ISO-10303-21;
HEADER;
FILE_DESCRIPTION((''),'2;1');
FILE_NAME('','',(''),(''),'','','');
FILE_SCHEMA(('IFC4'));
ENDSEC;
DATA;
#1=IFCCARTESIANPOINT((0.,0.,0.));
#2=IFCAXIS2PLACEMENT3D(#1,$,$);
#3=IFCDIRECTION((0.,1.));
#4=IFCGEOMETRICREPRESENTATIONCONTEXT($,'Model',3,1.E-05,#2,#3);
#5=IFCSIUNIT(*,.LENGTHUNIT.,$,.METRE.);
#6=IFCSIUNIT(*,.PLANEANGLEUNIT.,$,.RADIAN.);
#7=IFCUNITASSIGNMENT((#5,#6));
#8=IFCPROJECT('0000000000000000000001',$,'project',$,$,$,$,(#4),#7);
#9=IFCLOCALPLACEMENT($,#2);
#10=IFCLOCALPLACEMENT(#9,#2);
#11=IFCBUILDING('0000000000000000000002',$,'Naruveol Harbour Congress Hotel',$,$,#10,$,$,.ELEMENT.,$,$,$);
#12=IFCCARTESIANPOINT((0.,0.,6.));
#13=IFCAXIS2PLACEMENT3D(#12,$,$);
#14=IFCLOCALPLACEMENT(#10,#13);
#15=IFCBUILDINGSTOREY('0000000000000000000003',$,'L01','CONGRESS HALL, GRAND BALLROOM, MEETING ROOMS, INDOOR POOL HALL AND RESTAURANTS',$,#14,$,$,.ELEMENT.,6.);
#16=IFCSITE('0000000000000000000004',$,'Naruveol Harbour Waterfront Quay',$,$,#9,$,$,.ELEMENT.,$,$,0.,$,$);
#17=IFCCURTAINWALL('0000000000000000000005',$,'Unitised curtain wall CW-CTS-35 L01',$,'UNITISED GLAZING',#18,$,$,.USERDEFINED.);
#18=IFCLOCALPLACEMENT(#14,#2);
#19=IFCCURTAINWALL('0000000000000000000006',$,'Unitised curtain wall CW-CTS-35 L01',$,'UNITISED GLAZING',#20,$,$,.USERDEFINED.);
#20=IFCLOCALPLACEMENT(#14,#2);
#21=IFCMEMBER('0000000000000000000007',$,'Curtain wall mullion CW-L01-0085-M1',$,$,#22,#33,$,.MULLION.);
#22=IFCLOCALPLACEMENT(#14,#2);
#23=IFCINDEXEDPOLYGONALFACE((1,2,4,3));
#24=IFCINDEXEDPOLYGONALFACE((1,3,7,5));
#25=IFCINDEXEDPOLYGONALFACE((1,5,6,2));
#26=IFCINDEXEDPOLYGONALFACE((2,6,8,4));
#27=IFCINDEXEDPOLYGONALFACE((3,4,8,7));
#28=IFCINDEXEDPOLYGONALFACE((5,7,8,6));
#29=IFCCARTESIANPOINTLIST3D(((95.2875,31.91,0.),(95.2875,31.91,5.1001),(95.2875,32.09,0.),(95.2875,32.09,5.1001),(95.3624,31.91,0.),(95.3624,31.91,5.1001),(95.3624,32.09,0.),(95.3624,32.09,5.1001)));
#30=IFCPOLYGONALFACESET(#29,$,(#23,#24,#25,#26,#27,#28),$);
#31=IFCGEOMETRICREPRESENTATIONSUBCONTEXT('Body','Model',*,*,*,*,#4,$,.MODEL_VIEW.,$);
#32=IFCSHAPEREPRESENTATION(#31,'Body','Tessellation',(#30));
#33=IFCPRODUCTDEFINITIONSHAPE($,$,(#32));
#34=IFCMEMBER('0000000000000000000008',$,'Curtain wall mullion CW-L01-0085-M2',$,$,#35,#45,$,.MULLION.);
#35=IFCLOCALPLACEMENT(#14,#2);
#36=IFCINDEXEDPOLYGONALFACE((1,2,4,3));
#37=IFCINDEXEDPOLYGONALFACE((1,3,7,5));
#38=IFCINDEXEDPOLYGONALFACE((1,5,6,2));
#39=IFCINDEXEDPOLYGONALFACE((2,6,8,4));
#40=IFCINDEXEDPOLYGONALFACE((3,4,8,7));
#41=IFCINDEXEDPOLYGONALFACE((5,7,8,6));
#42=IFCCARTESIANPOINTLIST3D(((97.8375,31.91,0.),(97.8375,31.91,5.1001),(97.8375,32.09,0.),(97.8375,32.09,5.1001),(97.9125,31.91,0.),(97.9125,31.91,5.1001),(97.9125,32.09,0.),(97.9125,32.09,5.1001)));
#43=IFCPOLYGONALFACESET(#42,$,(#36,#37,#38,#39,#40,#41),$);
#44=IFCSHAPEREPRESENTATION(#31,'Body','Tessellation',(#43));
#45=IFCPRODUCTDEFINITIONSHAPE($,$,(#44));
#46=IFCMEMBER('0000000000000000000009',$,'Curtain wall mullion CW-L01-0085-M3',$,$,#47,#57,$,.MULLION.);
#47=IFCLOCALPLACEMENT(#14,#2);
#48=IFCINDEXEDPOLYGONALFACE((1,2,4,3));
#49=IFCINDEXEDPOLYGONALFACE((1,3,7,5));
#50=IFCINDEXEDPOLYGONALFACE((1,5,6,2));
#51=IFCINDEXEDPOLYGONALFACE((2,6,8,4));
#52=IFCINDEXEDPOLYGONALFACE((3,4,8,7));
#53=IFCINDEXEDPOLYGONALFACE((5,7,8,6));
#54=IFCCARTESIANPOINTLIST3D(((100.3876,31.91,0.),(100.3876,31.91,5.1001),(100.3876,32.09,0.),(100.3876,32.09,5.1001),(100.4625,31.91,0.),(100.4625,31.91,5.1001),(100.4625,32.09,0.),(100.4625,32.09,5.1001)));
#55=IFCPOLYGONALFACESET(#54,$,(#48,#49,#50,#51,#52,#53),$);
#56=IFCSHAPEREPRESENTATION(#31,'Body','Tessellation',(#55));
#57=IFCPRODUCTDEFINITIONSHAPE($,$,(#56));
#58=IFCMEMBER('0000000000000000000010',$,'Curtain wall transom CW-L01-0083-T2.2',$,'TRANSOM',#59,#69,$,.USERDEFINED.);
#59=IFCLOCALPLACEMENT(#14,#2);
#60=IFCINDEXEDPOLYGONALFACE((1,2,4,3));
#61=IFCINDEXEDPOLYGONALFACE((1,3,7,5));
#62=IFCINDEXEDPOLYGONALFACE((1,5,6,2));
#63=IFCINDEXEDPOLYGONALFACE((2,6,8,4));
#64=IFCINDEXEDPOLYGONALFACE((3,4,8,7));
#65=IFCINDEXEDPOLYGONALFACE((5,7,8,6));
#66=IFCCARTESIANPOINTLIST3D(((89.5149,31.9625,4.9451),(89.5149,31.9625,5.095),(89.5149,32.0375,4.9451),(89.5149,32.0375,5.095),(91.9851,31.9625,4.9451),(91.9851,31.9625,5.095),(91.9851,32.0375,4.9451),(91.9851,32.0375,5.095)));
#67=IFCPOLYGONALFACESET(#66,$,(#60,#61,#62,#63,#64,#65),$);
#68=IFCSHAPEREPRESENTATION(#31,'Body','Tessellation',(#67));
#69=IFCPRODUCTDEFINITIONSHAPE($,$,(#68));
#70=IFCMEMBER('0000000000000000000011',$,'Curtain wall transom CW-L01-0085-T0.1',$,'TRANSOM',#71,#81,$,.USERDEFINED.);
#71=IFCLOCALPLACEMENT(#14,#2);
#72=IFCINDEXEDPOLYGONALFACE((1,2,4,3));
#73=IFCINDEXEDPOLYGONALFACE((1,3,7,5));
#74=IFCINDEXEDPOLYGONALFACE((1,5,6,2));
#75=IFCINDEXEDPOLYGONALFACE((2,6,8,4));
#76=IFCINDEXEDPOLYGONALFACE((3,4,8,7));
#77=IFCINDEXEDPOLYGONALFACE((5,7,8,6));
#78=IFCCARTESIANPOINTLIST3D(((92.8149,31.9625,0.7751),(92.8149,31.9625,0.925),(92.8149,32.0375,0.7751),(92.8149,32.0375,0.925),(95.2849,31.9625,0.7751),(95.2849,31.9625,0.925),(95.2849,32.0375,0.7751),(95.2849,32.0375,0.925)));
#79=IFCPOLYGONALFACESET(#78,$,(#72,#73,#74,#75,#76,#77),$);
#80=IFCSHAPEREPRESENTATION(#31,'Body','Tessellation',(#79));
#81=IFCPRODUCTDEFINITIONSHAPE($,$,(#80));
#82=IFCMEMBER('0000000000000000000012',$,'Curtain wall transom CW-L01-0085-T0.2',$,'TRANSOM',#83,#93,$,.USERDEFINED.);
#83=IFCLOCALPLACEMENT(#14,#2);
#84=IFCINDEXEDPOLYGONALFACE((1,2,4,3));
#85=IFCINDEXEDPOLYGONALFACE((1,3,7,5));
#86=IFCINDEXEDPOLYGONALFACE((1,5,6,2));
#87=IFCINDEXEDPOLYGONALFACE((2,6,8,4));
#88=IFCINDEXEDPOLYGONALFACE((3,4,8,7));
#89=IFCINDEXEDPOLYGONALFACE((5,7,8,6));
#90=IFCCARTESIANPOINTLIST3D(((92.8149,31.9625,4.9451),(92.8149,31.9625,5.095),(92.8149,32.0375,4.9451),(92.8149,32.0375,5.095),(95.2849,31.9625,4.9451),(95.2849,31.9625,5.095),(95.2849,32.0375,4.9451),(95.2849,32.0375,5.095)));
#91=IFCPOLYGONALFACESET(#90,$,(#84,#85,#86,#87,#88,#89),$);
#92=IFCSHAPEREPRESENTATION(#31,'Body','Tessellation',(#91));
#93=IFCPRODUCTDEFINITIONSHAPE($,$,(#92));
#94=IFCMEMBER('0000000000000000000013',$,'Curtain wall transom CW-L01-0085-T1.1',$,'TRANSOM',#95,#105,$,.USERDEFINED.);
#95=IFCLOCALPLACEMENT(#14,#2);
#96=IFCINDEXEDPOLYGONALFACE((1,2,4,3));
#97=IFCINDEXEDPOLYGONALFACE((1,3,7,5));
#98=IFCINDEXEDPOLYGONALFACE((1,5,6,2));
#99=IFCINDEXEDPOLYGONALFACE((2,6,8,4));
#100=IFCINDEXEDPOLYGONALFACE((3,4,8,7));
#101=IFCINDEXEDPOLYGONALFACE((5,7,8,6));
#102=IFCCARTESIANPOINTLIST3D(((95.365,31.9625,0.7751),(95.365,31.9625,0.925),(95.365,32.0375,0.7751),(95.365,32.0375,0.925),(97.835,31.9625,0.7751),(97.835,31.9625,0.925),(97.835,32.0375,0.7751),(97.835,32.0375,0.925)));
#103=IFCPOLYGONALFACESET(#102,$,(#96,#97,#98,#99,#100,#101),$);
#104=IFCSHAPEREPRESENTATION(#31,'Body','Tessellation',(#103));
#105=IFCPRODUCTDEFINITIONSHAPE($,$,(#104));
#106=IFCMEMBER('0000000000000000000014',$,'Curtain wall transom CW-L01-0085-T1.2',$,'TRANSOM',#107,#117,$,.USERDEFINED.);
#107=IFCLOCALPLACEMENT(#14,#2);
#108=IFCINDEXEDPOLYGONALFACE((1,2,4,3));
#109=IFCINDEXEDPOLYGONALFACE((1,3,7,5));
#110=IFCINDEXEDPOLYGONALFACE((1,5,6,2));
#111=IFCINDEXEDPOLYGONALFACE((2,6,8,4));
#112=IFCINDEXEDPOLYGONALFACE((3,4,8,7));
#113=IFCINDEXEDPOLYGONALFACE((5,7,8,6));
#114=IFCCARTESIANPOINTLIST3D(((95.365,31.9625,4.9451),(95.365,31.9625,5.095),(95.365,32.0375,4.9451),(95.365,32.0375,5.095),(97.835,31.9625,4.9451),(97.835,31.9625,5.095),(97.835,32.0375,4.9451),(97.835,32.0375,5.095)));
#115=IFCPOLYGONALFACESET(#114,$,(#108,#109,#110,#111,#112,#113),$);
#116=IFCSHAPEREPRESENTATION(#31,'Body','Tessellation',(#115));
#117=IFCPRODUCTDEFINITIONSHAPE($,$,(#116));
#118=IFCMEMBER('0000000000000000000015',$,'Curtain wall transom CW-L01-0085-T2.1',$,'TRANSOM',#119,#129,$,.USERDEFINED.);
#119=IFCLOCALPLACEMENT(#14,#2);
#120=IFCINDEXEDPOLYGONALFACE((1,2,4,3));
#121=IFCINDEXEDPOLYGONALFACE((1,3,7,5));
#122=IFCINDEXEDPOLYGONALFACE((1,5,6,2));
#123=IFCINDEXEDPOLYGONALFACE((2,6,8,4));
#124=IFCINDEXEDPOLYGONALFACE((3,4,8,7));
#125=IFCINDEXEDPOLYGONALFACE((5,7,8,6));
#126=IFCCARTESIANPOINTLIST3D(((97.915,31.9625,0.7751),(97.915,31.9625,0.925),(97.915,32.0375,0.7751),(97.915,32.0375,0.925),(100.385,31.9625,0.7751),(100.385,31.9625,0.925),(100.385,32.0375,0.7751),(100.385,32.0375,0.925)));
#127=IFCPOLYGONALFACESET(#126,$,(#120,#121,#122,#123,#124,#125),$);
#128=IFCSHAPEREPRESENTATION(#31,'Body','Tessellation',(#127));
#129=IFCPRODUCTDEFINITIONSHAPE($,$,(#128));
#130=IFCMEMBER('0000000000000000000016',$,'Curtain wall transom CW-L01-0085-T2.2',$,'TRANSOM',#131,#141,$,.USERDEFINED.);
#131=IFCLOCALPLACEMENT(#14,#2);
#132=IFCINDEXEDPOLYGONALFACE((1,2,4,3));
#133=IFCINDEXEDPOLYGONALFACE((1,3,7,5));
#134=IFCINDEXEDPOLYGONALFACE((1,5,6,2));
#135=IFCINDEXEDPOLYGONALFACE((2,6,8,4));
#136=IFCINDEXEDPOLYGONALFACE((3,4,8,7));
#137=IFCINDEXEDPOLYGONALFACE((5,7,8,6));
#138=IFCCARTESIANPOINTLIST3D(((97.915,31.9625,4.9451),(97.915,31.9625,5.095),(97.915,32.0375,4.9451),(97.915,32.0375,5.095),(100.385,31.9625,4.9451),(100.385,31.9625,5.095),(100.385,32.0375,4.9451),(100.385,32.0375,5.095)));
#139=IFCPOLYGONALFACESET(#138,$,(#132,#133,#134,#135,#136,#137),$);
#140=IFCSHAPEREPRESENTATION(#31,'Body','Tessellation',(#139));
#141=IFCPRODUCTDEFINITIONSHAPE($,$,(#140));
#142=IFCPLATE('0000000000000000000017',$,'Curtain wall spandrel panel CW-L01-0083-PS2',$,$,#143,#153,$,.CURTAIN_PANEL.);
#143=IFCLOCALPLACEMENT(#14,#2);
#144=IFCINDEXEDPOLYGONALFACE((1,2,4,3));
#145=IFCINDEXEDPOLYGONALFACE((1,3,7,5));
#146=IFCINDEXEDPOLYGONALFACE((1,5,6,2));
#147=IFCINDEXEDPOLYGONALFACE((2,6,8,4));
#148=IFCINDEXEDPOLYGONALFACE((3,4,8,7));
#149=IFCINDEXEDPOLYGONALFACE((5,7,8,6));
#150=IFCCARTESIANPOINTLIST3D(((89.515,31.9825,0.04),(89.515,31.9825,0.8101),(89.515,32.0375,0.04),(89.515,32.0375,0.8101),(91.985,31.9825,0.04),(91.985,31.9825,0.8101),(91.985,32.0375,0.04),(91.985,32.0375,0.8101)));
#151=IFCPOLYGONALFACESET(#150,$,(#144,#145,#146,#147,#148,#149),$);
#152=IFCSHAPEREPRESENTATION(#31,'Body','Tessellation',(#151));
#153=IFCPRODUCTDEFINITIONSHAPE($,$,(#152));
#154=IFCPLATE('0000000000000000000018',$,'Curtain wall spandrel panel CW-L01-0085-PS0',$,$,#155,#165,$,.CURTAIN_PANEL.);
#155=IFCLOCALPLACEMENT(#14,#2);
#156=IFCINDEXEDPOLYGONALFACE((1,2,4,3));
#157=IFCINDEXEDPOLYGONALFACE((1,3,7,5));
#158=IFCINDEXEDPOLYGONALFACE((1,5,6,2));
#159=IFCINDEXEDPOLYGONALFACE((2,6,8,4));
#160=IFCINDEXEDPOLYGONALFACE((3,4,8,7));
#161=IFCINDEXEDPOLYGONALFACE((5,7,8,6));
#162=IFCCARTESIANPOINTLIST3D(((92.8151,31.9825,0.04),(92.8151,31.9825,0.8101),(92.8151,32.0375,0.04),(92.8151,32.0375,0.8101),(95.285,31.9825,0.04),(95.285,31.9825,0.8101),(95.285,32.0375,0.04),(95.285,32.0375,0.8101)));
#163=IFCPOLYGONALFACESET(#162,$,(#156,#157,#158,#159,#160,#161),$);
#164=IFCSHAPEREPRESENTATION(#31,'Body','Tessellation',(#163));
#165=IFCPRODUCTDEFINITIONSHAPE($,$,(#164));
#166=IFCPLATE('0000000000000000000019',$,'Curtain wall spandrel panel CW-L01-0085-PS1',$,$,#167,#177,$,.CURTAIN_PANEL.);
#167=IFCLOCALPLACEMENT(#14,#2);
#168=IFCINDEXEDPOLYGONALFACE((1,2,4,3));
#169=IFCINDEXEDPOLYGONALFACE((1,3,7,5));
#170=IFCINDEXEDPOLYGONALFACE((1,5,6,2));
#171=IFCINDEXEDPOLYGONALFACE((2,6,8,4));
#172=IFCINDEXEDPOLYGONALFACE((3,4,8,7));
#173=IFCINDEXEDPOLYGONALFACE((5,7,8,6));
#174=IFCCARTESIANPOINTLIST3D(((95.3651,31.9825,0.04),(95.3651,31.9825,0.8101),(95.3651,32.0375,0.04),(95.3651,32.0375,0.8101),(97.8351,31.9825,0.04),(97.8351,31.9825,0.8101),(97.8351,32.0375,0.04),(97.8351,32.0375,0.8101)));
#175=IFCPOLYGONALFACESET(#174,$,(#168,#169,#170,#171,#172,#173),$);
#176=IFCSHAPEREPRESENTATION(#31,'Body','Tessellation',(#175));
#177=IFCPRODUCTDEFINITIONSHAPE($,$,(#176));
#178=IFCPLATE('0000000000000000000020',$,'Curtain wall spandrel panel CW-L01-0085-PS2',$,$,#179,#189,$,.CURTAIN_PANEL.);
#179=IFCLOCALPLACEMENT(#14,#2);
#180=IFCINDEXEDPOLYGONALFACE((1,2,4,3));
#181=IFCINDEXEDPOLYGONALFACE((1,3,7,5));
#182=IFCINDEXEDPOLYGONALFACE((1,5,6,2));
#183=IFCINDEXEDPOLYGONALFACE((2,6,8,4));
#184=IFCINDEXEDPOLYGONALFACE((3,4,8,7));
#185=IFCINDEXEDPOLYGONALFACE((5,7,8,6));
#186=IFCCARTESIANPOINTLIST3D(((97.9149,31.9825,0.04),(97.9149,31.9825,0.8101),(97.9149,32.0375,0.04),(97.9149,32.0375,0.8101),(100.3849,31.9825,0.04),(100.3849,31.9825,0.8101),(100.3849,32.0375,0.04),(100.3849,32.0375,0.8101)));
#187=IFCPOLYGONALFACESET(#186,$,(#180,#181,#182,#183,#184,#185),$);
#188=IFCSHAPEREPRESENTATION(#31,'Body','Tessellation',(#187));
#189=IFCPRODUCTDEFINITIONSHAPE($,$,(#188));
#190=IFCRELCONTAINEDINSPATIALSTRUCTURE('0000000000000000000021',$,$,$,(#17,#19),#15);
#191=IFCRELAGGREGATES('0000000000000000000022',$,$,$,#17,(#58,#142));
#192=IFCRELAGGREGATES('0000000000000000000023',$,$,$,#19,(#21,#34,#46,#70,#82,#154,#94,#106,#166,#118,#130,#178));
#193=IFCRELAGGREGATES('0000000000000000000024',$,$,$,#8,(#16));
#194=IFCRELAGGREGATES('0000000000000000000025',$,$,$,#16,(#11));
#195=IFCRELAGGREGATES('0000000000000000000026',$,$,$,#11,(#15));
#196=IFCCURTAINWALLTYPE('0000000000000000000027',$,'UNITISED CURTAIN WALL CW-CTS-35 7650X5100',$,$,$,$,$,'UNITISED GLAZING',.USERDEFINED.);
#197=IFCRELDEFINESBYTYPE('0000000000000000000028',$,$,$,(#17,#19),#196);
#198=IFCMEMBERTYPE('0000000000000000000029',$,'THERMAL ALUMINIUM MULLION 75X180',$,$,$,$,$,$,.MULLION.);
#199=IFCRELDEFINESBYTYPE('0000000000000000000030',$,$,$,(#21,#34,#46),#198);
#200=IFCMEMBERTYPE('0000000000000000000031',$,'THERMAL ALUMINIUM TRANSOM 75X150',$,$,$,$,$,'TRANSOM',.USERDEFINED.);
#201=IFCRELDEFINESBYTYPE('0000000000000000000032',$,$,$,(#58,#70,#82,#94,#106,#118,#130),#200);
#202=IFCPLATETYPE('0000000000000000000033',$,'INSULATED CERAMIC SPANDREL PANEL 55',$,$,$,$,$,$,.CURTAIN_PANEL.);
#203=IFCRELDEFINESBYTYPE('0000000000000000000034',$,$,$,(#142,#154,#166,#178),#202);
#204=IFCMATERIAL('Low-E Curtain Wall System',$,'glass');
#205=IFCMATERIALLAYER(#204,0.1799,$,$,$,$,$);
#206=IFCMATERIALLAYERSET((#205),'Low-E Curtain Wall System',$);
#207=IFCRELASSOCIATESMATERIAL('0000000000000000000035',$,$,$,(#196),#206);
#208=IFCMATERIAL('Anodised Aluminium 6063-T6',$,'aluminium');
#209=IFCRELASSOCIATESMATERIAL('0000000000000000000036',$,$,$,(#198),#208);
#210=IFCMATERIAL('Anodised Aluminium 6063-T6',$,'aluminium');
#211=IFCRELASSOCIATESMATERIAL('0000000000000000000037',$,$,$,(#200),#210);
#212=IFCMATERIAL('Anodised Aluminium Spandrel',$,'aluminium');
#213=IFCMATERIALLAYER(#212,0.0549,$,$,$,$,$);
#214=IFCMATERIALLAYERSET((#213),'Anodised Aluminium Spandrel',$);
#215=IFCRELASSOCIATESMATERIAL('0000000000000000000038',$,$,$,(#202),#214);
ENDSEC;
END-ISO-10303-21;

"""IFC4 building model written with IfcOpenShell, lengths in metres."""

from ifc_helpers import new_model, si_unit, direction, frame, origin, origin_2d, place, context, subcontext, project, spatial, rectangle, extrude, material, layer, layer_set, material_profile, profile_set, type_object, element, aggregate, save


model = new_model("IFC4")

# Units and contexts
model_context = context("Model", 3, precision=1e-05, world=origin(), true_north=direction((0.0, 1.0)))
body_context = subcontext(model_context, "Body", "Model", "MODEL_VIEW")
ifc_project = project(units=[si_unit("LENGTHUNIT", "METRE"), si_unit("PLANEANGLEUNIT", "RADIAN")], contexts=[model_context])

# Site, building, storey
site_placement = place(None, origin())
site = spatial("IfcSite", under=ifc_project, at=site_placement, Name="Naruveol Harbour Waterfront Quay", CompositionType="ELEMENT", RefElevation=0.0)
building_placement = place(site_placement, origin())
building = spatial("IfcBuilding", under=site, at=building_placement, Name="Naruveol Harbour Congress Hotel", CompositionType="ELEMENT")
storey_placement = place(building_placement, frame((0.0, 0.0, 6.0)))
storey = spatial("IfcBuildingStorey", under=building, at=storey_placement, Name="L01", Description="CONGRESS HALL, GRAND BALLROOM, MEETING ROOMS, INDOOR POOL HALL AND RESTAURANTS", CompositionType="ELEMENT", Elevation=6.0)

# Curtain wall
ifc_material_1 = material(Name="Low-E Curtain Wall System", Category="glass")
ifc_layer_1 = layer(ifc_material_1, 0.1799)
ifc_layer_set_1 = layer_set([ifc_layer_1], Name="Low-E Curtain Wall System")
curtain_wall_type = type_object("IfcCurtainWallType", Name="UNITISED CURTAIN WALL CW-CTS-35 7650X5100", ElementType="UNITISED GLAZING", PredefinedType="USERDEFINED", material=ifc_layer_set_1)
curtain_wall_1_placement = place(storey_placement, origin())
curtain_wall_1 = element("IfcCurtainWall", 1, at=curtain_wall_1_placement, inside=storey, type_object=curtain_wall_type, Name="Unitised curtain wall CW-CTS-35 L01", ObjectType="UNITISED GLAZING", PredefinedType="USERDEFINED")
ifc_material_2 = material(Name="Anodised Aluminium 6063-T6", Category="aluminium")
ifc_material_profile_1 = material_profile(ifc_material_2, rectangle(XDim=0.075, YDim=0.1799, at=origin_2d()), Name="ALU-75x180")
ifc_profile_set_1 = profile_set([ifc_material_profile_1], Name="Anodised Aluminium 6063-T6")
member_type_1 = type_object("IfcMemberType", Name="THERMAL ALUMINIUM MULLION 75X180", PredefinedType="MULLION", material=ifc_profile_set_1)

# Curtain wall, members
curtain_wall_2_placement = place(storey_placement, origin())
curtain_wall_2 = element("IfcCurtainWall", 2, at=curtain_wall_2_placement, inside=storey, type_object=curtain_wall_type, Name="Unitised curtain wall CW-CTS-35 L01", ObjectType="UNITISED GLAZING", PredefinedType="USERDEFINED")
member_1_placement = place(storey_placement, frame((95.325, 32.0, 0.0), z_axis=(0.0, 0.0, 1.0), x_axis=(1.0, 0.0, 0.0)))
member_1 = element("IfcMember", 3, at=member_1_placement, type_object=member_type_1, Name="Curtain wall mullion CW-L01-0085-M1", PredefinedType="MULLION", context=body_context, shape_type="SweptSolid", body=[
    extrude(rectangle(XDim=0.075, YDim=0.1799, at=origin_2d()), origin(), (0.0, 0.0, 1.0), 5.1001),
])
member_2_placement = place(storey_placement, frame((97.875, 32.0, 0.0), z_axis=(0.0, 0.0, 1.0), x_axis=(1.0, 0.0, 0.0)))
member_2 = element("IfcMember", 4, at=member_2_placement, type_object=member_type_1, Name="Curtain wall mullion CW-L01-0085-M2", PredefinedType="MULLION", context=body_context, shape_type="SweptSolid", body=[
    extrude(rectangle(XDim=0.075, YDim=0.1799, at=origin_2d()), origin(), (0.0, 0.0, 1.0), 5.1001),
])
member_3_placement = place(storey_placement, frame((100.425, 32.0, 0.0), z_axis=(0.0, 0.0, 1.0), x_axis=(1.0, 0.0, 0.0)))
member_3 = element("IfcMember", 5, at=member_3_placement, type_object=member_type_1, Name="Curtain wall mullion CW-L01-0085-M3", PredefinedType="MULLION", context=body_context, shape_type="SweptSolid", body=[
    extrude(rectangle(XDim=0.075, YDim=0.1799, at=origin_2d()), origin(), (0.0, 0.0, 1.0), 5.1001),
])

# Members
ifc_material_3 = material(Name="Anodised Aluminium 6063-T6", Category="aluminium")
ifc_material_profile_2 = material_profile(ifc_material_3, rectangle(XDim=0.075, YDim=0.1499, at=origin_2d()), Name="ALU-75x150")
ifc_profile_set_2 = profile_set([ifc_material_profile_2], Name="Anodised Aluminium 6063-T6")
member_type_2 = type_object("IfcMemberType", Name="THERMAL ALUMINIUM TRANSOM 75X150", ElementType="TRANSOM", PredefinedType="USERDEFINED", material=ifc_profile_set_2)
member_4_placement = place(storey_placement, frame((89.5149, 32.0, 5.02), z_axis=(1.0, 0.0, 0.0), x_axis=(0.0, 1.0, 0.0)))
member_4 = element("IfcMember", 6, at=member_4_placement, type_object=member_type_2, Name="Curtain wall transom CW-L01-0083-T2.2", ObjectType="TRANSOM", PredefinedType="USERDEFINED", context=body_context, shape_type="SweptSolid", body=[
    extrude(rectangle(XDim=0.075, YDim=0.1499, at=origin_2d()), origin(), (0.0, 0.0, 1.0), 2.4702),
])
member_5_placement = place(storey_placement, frame((92.8149, 32.0, 0.8501), z_axis=(1.0, 0.0, 0.0), x_axis=(0.0, 1.0, 0.0)))
member_5 = element("IfcMember", 7, at=member_5_placement, type_object=member_type_2, Name="Curtain wall transom CW-L01-0085-T0.1", ObjectType="TRANSOM", PredefinedType="USERDEFINED", context=body_context, shape_type="SweptSolid", body=[
    extrude(rectangle(XDim=0.075, YDim=0.1499, at=origin_2d()), origin(), (0.0, 0.0, 1.0), 2.47),
])
member_6_placement = place(storey_placement, frame((92.8149, 32.0, 5.02), z_axis=(1.0, 0.0, 0.0), x_axis=(0.0, 1.0, 0.0)))
member_6 = element("IfcMember", 8, at=member_6_placement, type_object=member_type_2, Name="Curtain wall transom CW-L01-0085-T0.2", ObjectType="TRANSOM", PredefinedType="USERDEFINED", context=body_context, shape_type="SweptSolid", body=[
    extrude(rectangle(XDim=0.075, YDim=0.1499, at=origin_2d()), origin(), (0.0, 0.0, 1.0), 2.47),
])
member_7_placement = place(storey_placement, frame((95.365, 32.0, 0.8501), z_axis=(1.0, 0.0, 0.0), x_axis=(0.0, 1.0, 0.0)))
member_7 = element("IfcMember", 9, at=member_7_placement, type_object=member_type_2, Name="Curtain wall transom CW-L01-0085-T1.1", ObjectType="TRANSOM", PredefinedType="USERDEFINED", context=body_context, shape_type="SweptSolid", body=[
    extrude(rectangle(XDim=0.075, YDim=0.1499, at=origin_2d()), origin(), (0.0, 0.0, 1.0), 2.47),
])
member_8_placement = place(storey_placement, frame((95.365, 32.0, 5.02), z_axis=(1.0, 0.0, 0.0), x_axis=(0.0, 1.0, 0.0)))
member_8 = element("IfcMember", 10, at=member_8_placement, type_object=member_type_2, Name="Curtain wall transom CW-L01-0085-T1.2", ObjectType="TRANSOM", PredefinedType="USERDEFINED", context=body_context, shape_type="SweptSolid", body=[
    extrude(rectangle(XDim=0.075, YDim=0.1499, at=origin_2d()), origin(), (0.0, 0.0, 1.0), 2.47),
])
member_9_placement = place(storey_placement, frame((97.915, 32.0, 0.8501), z_axis=(1.0, 0.0, 0.0), x_axis=(0.0, 1.0, 0.0)))
member_9 = element("IfcMember", 11, at=member_9_placement, type_object=member_type_2, Name="Curtain wall transom CW-L01-0085-T2.1", ObjectType="TRANSOM", PredefinedType="USERDEFINED", context=body_context, shape_type="SweptSolid", body=[
    extrude(rectangle(XDim=0.075, YDim=0.1499, at=origin_2d()), origin(), (0.0, 0.0, 1.0), 2.47),
])
member_10_placement = place(storey_placement, frame((97.915, 32.0, 5.02), z_axis=(1.0, 0.0, 0.0), x_axis=(0.0, 1.0, 0.0)))
member_10 = element("IfcMember", 12, at=member_10_placement, type_object=member_type_2, Name="Curtain wall transom CW-L01-0085-T2.2", ObjectType="TRANSOM", PredefinedType="USERDEFINED", context=body_context, shape_type="SweptSolid", body=[
    extrude(rectangle(XDim=0.075, YDim=0.1499, at=origin_2d()), origin(), (0.0, 0.0, 1.0), 2.47),
])

# Plates
ifc_material_4 = material(Name="Anodised Aluminium Spandrel", Category="aluminium")
ifc_layer_2 = layer(ifc_material_4, 0.0549)
ifc_layer_set_2 = layer_set([ifc_layer_2], Name="Anodised Aluminium Spandrel")
plate_type_1 = type_object("IfcPlateType", Name="INSULATED CERAMIC SPANDREL PANEL 55", PredefinedType="CURTAIN_PANEL", material=ifc_layer_set_2)
plate_1_placement = place(storey_placement, frame((90.75, 32.01, 0.04), z_axis=(0.0, 0.0, 1.0), x_axis=(1.0, 0.0, 0.0)))
plate_1 = element("IfcPlate", 13, at=plate_1_placement, type_object=plate_type_1, Name="Curtain wall spandrel panel CW-L01-0083-PS2", PredefinedType="CURTAIN_PANEL", context=body_context, shape_type="SweptSolid", body=[
    extrude(rectangle(XDim=2.47, YDim=0.0549, at=origin_2d()), origin(), (0.0, 0.0, 1.0), 0.77),
])
plate_2_placement = place(storey_placement, frame((94.05, 32.01, 0.04), z_axis=(0.0, 0.0, 1.0), x_axis=(1.0, 0.0, 0.0)))
plate_2 = element("IfcPlate", 14, at=plate_2_placement, type_object=plate_type_1, Name="Curtain wall spandrel panel CW-L01-0085-PS0", PredefinedType="CURTAIN_PANEL", context=body_context, shape_type="SweptSolid", body=[
    extrude(rectangle(XDim=2.47, YDim=0.0549, at=origin_2d()), origin(), (0.0, 0.0, 1.0), 0.77),
])
plate_3_placement = place(storey_placement, frame((96.6001, 32.01, 0.04), z_axis=(0.0, 0.0, 1.0), x_axis=(1.0, 0.0, 0.0)))
plate_3 = element("IfcPlate", 15, at=plate_3_placement, type_object=plate_type_1, Name="Curtain wall spandrel panel CW-L01-0085-PS1", PredefinedType="CURTAIN_PANEL", context=body_context, shape_type="SweptSolid", body=[
    extrude(rectangle(XDim=2.47, YDim=0.0549, at=origin_2d()), origin(), (0.0, 0.0, 1.0), 0.77),
])
plate_4_placement = place(storey_placement, frame((99.1499, 32.01, 0.04), z_axis=(0.0, 0.0, 1.0), x_axis=(1.0, 0.0, 0.0)))
plate_4 = element("IfcPlate", 16, at=plate_4_placement, type_object=plate_type_1, Name="Curtain wall spandrel panel CW-L01-0085-PS2", PredefinedType="CURTAIN_PANEL", context=body_context, shape_type="SweptSolid", body=[
    extrude(rectangle(XDim=2.47, YDim=0.0549, at=origin_2d()), origin(), (0.0, 0.0, 1.0), 0.77),
])
aggregate(curtain_wall_1, [member_4, plate_1])
aggregate(curtain_wall_2, [member_1, member_2, member_3, member_5, member_6, plate_2, member_7, member_8, plate_3, member_9, member_10, plate_4])

save(model, "model.ifc")
